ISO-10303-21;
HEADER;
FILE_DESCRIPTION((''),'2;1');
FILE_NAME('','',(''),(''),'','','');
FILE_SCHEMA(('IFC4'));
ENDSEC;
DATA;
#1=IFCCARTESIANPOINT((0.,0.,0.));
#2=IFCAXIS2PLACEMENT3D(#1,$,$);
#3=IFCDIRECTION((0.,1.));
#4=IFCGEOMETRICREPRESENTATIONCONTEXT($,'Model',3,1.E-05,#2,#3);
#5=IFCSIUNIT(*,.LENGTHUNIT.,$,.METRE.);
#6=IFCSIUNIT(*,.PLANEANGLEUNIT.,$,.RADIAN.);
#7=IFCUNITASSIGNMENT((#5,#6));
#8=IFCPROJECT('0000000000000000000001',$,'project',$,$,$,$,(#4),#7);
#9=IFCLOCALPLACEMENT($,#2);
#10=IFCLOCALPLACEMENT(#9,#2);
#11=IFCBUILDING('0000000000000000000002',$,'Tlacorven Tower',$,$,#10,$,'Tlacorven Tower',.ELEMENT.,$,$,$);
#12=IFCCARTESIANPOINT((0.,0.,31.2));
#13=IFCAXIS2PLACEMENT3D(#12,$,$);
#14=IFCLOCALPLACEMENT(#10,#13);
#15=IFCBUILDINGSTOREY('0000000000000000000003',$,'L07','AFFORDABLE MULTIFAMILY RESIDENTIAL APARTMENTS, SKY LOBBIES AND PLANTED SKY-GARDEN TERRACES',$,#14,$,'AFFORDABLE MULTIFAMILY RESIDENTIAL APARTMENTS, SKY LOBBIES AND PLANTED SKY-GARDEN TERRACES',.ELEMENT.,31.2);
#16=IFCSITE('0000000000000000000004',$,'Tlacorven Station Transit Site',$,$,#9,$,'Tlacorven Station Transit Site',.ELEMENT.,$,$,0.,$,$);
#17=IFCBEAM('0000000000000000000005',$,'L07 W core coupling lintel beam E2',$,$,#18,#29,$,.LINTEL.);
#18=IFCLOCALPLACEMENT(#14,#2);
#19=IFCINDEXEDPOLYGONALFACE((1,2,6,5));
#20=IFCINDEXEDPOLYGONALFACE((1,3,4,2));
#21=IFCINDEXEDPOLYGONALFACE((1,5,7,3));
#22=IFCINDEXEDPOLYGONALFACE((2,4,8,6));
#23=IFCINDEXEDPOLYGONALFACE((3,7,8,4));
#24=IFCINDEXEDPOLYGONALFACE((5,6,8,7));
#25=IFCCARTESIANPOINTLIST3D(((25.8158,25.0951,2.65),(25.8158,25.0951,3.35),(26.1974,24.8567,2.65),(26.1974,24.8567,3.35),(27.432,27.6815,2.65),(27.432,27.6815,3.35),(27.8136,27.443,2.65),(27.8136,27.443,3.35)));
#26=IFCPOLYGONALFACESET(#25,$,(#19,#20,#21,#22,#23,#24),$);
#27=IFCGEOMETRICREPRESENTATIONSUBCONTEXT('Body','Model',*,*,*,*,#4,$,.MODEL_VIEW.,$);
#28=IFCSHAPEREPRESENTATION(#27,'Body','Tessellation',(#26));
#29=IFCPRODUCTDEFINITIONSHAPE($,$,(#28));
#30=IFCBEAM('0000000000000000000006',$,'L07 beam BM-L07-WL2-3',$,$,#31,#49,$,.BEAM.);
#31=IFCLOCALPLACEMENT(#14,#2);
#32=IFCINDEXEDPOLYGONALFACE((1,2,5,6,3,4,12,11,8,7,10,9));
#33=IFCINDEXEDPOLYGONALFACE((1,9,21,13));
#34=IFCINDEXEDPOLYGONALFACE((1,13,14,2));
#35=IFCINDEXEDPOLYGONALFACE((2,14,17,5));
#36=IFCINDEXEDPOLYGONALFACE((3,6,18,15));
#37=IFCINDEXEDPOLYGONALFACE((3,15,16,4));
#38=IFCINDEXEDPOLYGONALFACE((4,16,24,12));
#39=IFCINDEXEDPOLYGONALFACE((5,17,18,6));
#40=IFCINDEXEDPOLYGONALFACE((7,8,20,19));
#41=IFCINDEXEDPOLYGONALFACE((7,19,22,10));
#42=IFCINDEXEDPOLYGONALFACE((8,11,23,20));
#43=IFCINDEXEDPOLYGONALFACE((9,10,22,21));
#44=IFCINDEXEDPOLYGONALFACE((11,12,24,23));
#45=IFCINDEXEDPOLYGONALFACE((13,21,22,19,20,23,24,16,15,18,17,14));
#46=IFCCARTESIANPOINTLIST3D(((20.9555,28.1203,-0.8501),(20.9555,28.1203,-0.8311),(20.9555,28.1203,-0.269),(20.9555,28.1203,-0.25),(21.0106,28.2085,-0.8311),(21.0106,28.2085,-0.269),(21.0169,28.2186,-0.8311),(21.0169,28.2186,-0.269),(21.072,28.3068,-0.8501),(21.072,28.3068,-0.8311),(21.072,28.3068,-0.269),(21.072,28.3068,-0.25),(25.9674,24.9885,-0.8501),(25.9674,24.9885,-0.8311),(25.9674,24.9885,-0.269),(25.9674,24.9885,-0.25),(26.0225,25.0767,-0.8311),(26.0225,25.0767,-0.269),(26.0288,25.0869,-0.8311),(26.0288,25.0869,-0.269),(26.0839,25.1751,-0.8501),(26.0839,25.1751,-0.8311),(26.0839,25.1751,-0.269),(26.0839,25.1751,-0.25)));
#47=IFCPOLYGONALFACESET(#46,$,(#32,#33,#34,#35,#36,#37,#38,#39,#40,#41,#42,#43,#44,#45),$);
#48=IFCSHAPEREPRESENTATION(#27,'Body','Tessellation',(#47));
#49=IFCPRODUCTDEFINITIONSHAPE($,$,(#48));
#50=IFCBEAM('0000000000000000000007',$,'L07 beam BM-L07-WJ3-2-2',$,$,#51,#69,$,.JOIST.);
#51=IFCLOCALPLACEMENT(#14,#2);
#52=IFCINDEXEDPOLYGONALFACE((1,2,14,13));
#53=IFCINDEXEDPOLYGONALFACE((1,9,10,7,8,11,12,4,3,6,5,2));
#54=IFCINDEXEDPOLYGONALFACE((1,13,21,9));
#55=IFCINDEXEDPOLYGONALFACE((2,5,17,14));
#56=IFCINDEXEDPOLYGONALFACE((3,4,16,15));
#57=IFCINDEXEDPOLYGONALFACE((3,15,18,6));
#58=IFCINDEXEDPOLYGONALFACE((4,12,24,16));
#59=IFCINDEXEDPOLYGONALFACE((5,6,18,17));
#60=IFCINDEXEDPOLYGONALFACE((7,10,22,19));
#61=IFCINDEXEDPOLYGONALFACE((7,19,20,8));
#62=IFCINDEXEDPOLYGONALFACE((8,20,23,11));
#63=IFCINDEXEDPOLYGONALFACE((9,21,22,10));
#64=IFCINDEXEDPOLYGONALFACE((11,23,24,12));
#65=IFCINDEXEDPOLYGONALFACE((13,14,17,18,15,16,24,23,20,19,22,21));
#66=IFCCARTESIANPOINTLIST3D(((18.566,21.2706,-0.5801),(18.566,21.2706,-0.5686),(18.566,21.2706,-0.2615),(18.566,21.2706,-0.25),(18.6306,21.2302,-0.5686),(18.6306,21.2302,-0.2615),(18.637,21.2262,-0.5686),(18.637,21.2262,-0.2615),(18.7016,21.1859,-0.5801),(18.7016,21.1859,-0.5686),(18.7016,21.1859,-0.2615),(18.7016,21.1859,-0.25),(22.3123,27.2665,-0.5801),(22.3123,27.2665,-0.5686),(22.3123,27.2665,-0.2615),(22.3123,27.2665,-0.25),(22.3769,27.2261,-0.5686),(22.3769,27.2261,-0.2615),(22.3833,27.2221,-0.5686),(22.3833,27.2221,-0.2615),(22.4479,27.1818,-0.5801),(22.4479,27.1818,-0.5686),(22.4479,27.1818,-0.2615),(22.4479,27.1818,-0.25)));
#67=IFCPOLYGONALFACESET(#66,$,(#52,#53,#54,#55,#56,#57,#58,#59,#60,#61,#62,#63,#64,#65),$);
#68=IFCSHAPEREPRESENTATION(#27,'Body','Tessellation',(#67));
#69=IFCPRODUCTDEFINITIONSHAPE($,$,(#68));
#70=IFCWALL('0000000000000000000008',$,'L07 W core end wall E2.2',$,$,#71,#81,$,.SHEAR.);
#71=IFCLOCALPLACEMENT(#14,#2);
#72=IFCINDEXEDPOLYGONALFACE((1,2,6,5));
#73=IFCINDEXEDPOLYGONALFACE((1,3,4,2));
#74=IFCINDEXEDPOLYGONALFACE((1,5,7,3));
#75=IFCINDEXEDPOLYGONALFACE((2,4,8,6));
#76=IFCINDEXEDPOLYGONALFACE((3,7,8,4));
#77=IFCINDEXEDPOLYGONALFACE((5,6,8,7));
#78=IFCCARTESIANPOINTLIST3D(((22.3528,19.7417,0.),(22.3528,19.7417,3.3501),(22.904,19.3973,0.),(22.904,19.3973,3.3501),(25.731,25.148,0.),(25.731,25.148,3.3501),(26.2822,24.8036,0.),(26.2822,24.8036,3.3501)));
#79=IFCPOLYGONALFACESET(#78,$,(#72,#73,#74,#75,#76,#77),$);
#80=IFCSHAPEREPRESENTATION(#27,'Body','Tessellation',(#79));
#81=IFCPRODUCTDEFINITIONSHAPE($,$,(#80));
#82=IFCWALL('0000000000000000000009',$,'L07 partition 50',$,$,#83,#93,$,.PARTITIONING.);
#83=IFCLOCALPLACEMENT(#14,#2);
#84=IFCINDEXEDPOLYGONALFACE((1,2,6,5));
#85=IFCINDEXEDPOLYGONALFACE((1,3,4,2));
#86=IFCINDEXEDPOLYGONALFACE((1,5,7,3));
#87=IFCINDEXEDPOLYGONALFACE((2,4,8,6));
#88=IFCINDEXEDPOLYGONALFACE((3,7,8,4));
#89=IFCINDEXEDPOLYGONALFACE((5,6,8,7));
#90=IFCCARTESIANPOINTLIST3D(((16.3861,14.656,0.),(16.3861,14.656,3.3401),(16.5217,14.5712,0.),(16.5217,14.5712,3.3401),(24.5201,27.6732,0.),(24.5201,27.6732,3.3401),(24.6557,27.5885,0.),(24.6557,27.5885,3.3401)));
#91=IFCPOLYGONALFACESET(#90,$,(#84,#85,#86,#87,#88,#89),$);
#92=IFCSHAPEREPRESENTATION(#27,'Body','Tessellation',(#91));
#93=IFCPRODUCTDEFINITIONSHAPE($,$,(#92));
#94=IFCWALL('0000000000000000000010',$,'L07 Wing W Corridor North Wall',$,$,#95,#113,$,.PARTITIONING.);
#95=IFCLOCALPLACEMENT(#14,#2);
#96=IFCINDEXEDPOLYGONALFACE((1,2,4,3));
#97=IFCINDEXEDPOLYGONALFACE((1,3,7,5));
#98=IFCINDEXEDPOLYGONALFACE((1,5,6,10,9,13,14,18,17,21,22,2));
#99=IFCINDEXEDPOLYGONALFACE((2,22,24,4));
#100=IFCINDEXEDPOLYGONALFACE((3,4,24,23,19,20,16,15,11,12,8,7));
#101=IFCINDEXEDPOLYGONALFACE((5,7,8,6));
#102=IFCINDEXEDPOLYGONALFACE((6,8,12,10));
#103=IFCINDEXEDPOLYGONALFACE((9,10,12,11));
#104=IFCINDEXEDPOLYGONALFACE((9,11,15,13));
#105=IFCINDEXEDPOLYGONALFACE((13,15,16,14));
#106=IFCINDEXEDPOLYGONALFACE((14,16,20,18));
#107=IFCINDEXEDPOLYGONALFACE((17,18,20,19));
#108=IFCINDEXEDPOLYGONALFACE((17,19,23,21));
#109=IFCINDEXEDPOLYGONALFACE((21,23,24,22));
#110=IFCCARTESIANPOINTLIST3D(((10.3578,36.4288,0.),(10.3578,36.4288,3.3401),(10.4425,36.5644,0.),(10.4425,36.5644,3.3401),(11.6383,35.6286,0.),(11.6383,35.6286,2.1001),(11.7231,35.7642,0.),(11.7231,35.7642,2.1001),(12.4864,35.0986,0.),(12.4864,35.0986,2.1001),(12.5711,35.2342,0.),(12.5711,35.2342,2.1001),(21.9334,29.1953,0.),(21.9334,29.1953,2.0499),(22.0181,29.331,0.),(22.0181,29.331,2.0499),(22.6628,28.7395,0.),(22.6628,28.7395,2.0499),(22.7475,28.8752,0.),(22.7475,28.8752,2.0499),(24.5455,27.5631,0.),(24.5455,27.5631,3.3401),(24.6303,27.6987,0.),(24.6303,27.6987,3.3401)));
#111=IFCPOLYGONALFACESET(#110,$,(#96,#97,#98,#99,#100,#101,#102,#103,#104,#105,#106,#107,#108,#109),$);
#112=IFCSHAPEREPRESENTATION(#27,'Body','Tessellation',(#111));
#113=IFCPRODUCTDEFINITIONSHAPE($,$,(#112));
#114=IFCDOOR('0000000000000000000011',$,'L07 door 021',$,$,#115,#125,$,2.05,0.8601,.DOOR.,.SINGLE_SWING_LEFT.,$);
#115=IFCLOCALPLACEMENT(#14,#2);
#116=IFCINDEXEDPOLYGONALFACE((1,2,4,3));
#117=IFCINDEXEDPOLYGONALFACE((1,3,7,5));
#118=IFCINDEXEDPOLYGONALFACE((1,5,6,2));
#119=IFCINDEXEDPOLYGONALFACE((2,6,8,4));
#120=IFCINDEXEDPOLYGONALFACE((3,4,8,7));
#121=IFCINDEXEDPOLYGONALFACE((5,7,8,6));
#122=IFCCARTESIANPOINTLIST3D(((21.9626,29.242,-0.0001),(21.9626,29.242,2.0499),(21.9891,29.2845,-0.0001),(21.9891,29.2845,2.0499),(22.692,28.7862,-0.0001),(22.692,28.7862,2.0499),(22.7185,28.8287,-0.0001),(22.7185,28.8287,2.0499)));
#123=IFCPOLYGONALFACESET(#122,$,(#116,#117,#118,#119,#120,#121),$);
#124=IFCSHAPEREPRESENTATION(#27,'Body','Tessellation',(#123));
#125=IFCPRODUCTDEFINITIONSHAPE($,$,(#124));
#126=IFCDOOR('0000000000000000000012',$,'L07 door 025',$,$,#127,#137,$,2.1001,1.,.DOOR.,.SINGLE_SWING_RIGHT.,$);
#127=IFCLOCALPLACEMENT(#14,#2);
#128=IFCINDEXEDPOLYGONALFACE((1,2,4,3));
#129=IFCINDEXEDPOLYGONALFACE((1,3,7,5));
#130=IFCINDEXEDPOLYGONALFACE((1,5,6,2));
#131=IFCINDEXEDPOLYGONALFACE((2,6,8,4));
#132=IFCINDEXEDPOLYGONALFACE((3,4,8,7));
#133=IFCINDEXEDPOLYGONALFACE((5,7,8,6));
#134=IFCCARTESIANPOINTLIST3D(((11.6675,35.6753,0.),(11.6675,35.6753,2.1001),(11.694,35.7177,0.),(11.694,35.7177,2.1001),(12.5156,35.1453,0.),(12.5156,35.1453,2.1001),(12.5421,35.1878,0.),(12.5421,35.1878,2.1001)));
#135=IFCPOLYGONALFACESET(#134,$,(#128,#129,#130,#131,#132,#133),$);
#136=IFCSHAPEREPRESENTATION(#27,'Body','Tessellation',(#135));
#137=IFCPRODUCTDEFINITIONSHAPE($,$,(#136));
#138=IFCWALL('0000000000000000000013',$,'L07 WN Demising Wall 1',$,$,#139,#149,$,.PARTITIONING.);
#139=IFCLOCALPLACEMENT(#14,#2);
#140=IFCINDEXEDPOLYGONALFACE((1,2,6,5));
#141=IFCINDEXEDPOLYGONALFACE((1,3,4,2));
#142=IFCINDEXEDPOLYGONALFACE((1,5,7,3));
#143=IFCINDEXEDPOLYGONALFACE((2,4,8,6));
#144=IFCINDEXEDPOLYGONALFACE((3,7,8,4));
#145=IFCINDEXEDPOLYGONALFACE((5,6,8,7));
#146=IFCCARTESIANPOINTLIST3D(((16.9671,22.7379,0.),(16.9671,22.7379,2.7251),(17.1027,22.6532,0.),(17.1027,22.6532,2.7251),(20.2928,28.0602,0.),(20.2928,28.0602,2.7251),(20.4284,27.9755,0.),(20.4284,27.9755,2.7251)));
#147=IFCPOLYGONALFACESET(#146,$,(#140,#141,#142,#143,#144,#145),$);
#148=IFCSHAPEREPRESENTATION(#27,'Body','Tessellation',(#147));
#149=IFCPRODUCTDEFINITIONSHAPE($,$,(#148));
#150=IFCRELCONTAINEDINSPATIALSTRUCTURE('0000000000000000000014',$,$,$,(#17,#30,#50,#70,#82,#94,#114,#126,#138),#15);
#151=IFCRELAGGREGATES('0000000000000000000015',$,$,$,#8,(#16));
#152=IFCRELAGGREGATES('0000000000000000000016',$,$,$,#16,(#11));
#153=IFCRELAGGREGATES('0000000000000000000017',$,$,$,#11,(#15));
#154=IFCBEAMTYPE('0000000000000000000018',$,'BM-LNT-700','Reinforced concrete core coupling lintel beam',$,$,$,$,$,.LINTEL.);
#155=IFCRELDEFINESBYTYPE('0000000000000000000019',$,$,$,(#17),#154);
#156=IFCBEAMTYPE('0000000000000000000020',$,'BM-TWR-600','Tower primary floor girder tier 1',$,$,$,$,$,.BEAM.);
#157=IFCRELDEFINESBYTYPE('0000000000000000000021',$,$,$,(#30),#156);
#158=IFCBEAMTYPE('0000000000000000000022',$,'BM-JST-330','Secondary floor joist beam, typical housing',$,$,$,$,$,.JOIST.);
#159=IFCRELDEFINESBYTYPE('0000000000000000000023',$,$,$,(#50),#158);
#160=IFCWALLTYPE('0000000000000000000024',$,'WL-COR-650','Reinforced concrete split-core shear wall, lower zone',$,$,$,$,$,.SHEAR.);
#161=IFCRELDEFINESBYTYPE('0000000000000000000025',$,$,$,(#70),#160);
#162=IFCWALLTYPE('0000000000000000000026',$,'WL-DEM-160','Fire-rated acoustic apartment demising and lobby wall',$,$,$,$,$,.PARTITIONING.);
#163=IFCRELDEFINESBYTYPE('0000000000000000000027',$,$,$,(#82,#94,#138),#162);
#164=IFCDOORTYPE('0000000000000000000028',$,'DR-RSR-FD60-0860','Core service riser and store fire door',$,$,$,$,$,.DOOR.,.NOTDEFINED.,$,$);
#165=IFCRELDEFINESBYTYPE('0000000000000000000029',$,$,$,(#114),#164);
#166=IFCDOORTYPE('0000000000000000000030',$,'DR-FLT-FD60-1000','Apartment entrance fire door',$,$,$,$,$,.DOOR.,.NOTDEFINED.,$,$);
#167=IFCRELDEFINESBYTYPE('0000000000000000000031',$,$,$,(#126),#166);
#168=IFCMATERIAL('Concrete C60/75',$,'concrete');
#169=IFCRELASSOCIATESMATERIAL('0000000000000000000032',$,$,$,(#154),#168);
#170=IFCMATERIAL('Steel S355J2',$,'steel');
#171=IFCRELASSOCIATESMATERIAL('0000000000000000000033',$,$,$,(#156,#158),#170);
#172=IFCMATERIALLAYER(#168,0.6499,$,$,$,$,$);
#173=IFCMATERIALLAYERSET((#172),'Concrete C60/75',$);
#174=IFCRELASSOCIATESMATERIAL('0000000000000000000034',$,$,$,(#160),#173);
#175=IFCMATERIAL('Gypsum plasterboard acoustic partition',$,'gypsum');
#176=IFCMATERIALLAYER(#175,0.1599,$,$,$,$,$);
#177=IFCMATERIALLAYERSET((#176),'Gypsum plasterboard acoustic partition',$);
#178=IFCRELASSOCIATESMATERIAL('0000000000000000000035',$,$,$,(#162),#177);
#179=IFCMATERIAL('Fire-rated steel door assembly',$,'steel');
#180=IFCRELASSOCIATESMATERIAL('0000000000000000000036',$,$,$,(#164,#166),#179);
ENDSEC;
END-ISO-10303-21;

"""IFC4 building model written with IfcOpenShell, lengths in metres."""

from ifc_helpers import new_model, si_unit, direction, frame, frame_2d, origin, origin_2d, place, context, subcontext, project, spatial, rectangle, i_section, extrude, source, transform, mapped, material, layer, layer_set, material_profile, profile_set, type_object, element, fill, save


model = new_model("IFC4")

# Units and contexts
model_context = context("Model", 3, precision=1e-05, world=origin(), true_north=direction((0.0, 1.0)))
body_context = subcontext(model_context, "Body", "Model", "MODEL_VIEW")
ifc_project = project(units=[si_unit("LENGTHUNIT", "METRE"), si_unit("PLANEANGLEUNIT", "RADIAN")], contexts=[model_context])

# Site, building, storey
site_placement = place(None, origin())
site = spatial("IfcSite", under=ifc_project, at=site_placement, Name="Tlacorven Station Transit Site", LongName="Tlacorven Station Transit Site", CompositionType="ELEMENT", RefElevation=0.0)
building_placement = place(site_placement, origin())
building = spatial("IfcBuilding", under=site, at=building_placement, Name="Tlacorven Tower", LongName="Tlacorven Tower", CompositionType="ELEMENT")
storey_placement = place(building_placement, frame((0.0, 0.0, 31.2)))
storey = spatial("IfcBuildingStorey", under=building, at=storey_placement, Name="L07", Description="AFFORDABLE MULTIFAMILY RESIDENTIAL APARTMENTS, SKY LOBBIES AND PLANTED SKY-GARDEN TERRACES", LongName="AFFORDABLE MULTIFAMILY RESIDENTIAL APARTMENTS, SKY LOBBIES AND PLANTED SKY-GARDEN TERRACES", CompositionType="ELEMENT", Elevation=31.2)

# Beams
ifc_material_1 = material(Name="Concrete C60/75", Category="concrete")
ifc_material_profile_1 = material_profile(ifc_material_1, rectangle(XDim=0.45, YDim=0.7, at=origin_2d()), Name="RC 450X700")
ifc_profile_set_1 = profile_set([ifc_material_profile_1], Name="Concrete C60/75")
beam_type_1 = type_object("IfcBeamType", Name="BM-LNT-700", Description="Reinforced concrete core coupling lintel beam", PredefinedType="LINTEL", material=ifc_profile_set_1)
shared_shape_1 = source(origin(), body_context, "Body", "SweptSolid", [
    extrude(rectangle(XDim=0.45, YDim=0.7, at=origin_2d()), origin(), (0.0, 0.0, 1.0), 3.0498),
])
beam_1_placement = place(storey_placement, frame((27.6228, 27.5623, 3.0), z_axis=(-0.529927, -0.848043, 0.0), x_axis=(0.848043, -0.529927, 0.0)))
element("IfcBeam", 1, at=beam_1_placement, inside=storey, type_object=beam_type_1, Name="L07 W core coupling lintel beam E2", PredefinedType="LINTEL", context=body_context, shape_type="MappedRepresentation", body=[
    mapped(shared_shape_1, transform((0.0, 0.0, 0.0), scale=1.0)),
])
ifc_material_2 = material(Name="Steel S355J2", Category="steel")
ifc_material_profile_2 = material_profile(ifc_material_2, i_section(OverallWidth=0.22, OverallDepth=0.6001, WebThickness=0.012, FlangeThickness=0.019, at=origin_2d()), Name="IPE 600")
ifc_profile_set_2 = profile_set([ifc_material_profile_2], Name="Steel S355J2")
beam_type_2 = type_object("IfcBeamType", Name="BM-TWR-600", Description="Tower primary floor girder tier 1", PredefinedType="BEAM", material=ifc_profile_set_2)
shared_shape_2 = source(origin(), body_context, "Body", "SweptSolid", [
    extrude(i_section(OverallWidth=0.22, OverallDepth=0.6001, WebThickness=0.012, FlangeThickness=0.019, at=origin_2d()), origin(), (0.0, 0.0, 1.0), 5.9099),
])
beam_2_placement = place(storey_placement, frame((26.0256, 25.0818, -0.55), z_axis=(-0.848047, 0.529921, 0.0), x_axis=(-0.529921, -0.848047, 0.0)))
element("IfcBeam", 2, at=beam_2_placement, inside=storey, type_object=beam_type_2, Name="L07 beam BM-L07-WL2-3", PredefinedType="BEAM", context=body_context, shape_type="MappedRepresentation", body=[
    mapped(shared_shape_2, transform((0.0, 0.0, 0.0), scale=1.0)),
])
ifc_material_profile_3 = material_profile(ifc_material_2, i_section(OverallWidth=0.1599, OverallDepth=0.3301, WebThickness=0.0076, FlangeThickness=0.0115, at=origin_2d()), Name="IPE 330")
ifc_profile_set_3 = profile_set([ifc_material_profile_3], Name="Steel S355J2")
beam_type_3 = type_object("IfcBeamType", Name="BM-JST-330", Description="Secondary floor joist beam, typical housing", PredefinedType="JOIST", material=ifc_profile_set_3)
shared_shape_3 = source(origin(), body_context, "Body", "SweptSolid", [
    extrude(i_section(OverallWidth=0.1599, OverallDepth=0.3301, WebThickness=0.0076, FlangeThickness=0.0115, at=origin_2d()), origin(), (0.0, 0.0, 1.0), 7.0701),
])
beam_3_placement = place(storey_placement, frame((22.3801, 27.2241, -0.415), z_axis=(-0.52989, -0.848066, 0.0), x_axis=(0.848066, -0.52989, 0.0)))
element("IfcBeam", 3, at=beam_3_placement, inside=storey, type_object=beam_type_3, Name="L07 beam BM-L07-WJ3-2-2", PredefinedType="JOIST", context=body_context, shape_type="MappedRepresentation", body=[
    mapped(shared_shape_3, transform((0.0, 0.0, 0.0), scale=1.0)),
])

# Walls
ifc_layer_1 = layer(ifc_material_1, 0.6499)
ifc_layer_set_1 = layer_set([ifc_layer_1], Name="Concrete C60/75")
wall_type_1 = type_object("IfcWallType", Name="WL-COR-650", Description="Reinforced concrete split-core shear wall, lower zone", PredefinedType="SHEAR", material=ifc_layer_set_1)
wall_1_placement = place(storey_placement, frame((26.0066, 24.9758, 0.0), z_axis=(0.0, 0.0, 1.0), x_axis=(-0.529916, -0.84805, 0.0)))
element("IfcWall", 4, at=wall_1_placement, inside=storey, type_object=wall_type_1, Name="L07 W core end wall E2.2", PredefinedType="SHEAR", context=body_context, shape_type="SweptSolid", body=[
    extrude(rectangle(XDim=6.375, YDim=0.6499, at=frame_2d((3.1875, 0.0))), origin(), (0.0, 0.0, 1.0), 3.3501),
])
ifc_material_3 = material(Name="Gypsum plasterboard acoustic partition", Category="gypsum")
ifc_layer_2 = layer(ifc_material_3, 0.1599)
ifc_layer_set_2 = layer_set([ifc_layer_2], Name="Gypsum plasterboard acoustic partition")
wall_type_2 = type_object("IfcWallType", Name="WL-DEM-160", Description="Fire-rated acoustic apartment demising and lobby wall", PredefinedType="PARTITIONING", material=ifc_layer_set_2)
wall_2_placement = place(storey_placement, frame((24.5879, 27.6309, 0.0), z_axis=(0.0, 0.0, 1.0), x_axis=(-0.529915, -0.848051, 0.0)))
element("IfcWall", 5, at=wall_2_placement, inside=storey, type_object=wall_type_2, Name="L07 partition 50", PredefinedType="PARTITIONING", context=body_context, shape_type="SweptSolid", body=[
    extrude(rectangle(XDim=15.3496, YDim=0.1599, at=frame_2d((7.6748, 0.0))), origin(), (0.0, 0.0, 1.0), 3.3401),
])

# Wall, openings, doors
wall_3_placement = place(storey_placement, frame((24.5879, 27.6309, 0.0), z_axis=(0.0, 0.0, 1.0), x_axis=(-0.848042, 0.529929, 0.0)))
wall_3 = element("IfcWall", 6, at=wall_3_placement, inside=storey, type_object=wall_type_2, Name="L07 Wing W Corridor North Wall", PredefinedType="PARTITIONING", context=body_context, shape_type="SweptSolid", body=[
    extrude(rectangle(XDim=16.73, YDim=0.1599, at=frame_2d((8.365, 0.0))), origin(), (0.0, 0.0, 1.0), 3.3401),
])
opening_1_placement = place(wall_3_placement, frame((2.22, 0.0, 0.0)))
opening_1 = element("IfcOpeningElement", 7, at=opening_1_placement, cuts=wall_3, PredefinedType="OPENING", context=body_context, shape_type="SweptSolid", body=[
    extrude(rectangle(XDim=0.8601, YDim=2.05, at=frame_2d((0.4302, 1.0249))), frame((0.0, 0.0898, 0.0), z_axis=(0.0, -1.0, 0.0), x_axis=(1.0, 0.0, 0.0)), (0.0, 0.0, 1.0), 0.1799),
])
opening_2_placement = place(wall_3_placement, frame((14.22, 0.0, 0.0)))
opening_2 = element("IfcOpeningElement", 8, at=opening_2_placement, cuts=wall_3, PredefinedType="OPENING", context=body_context, shape_type="SweptSolid", body=[
    extrude(rectangle(XDim=1.0, YDim=2.1001, at=frame_2d((0.5, 1.05))), frame((0.0, 0.0898, 0.0), z_axis=(0.0, -1.0, 0.0), x_axis=(1.0, 0.0, 0.0)), (0.0, 0.0, 1.0), 0.1799),
])
ifc_material_4 = material(Name="Fire-rated steel door assembly", Category="steel")
door_type_1 = type_object("IfcDoorType", Name="DR-RSR-FD60-0860", Description="Core service riser and store fire door", OperationType="NOTDEFINED", PredefinedType="DOOR", material=ifc_material_4)
shared_shape_4 = source(origin(), body_context, "Body", "SweptSolid", [
    extrude(rectangle(XDim=0.8601, YDim=2.05, at=frame_2d((0.4302, 1.0249))), frame((0.0, 0.0249, 0.0), z_axis=(0.0, -1.0, 0.0), x_axis=(1.0, 0.0, 0.0)), (0.0, 0.0, 1.0), 0.05),
])
door_1_placement = place(opening_1_placement, origin())
door_1 = element("IfcDoor", 9, at=door_1_placement, inside=storey, type_object=door_type_1, Name="L07 door 021", OperationType="SINGLE_SWING_LEFT", OverallHeight=2.05, OverallWidth=0.8601, PredefinedType="DOOR", context=body_context, shape_type="MappedRepresentation", body=[
    mapped(shared_shape_4, transform((0.0, 0.0, 0.0), scale=1.0)),
])
fill(opening_1, door_1)
door_type_2 = type_object("IfcDoorType", Name="DR-FLT-FD60-1000", Description="Apartment entrance fire door", OperationType="NOTDEFINED", PredefinedType="DOOR", material=ifc_material_4)
shared_shape_5 = source(origin(), body_context, "Body", "SweptSolid", [
    extrude(rectangle(XDim=1.0, YDim=2.1001, at=frame_2d((0.5, 1.05))), frame((0.0, 0.0249, 0.0), z_axis=(0.0, -1.0, 0.0), x_axis=(1.0, 0.0, 0.0)), (0.0, 0.0, 1.0), 0.05),
])
door_2_placement = place(opening_2_placement, origin())
door_2 = element("IfcDoor", 10, at=door_2_placement, inside=storey, type_object=door_type_2, Name="L07 door 025", OperationType="SINGLE_SWING_RIGHT", OverallHeight=2.1001, OverallWidth=1.0, PredefinedType="DOOR", context=body_context, shape_type="MappedRepresentation", body=[
    mapped(shared_shape_5, transform((0.0, 0.0, 0.0), scale=1.0)),
])
fill(opening_2, door_2)

# Wall
wall_4_placement = place(storey_placement, frame((20.3606, 28.0178, 0.0), z_axis=(0.0, 0.0, 1.0), x_axis=(-0.529915, -0.848051, 0.0)))
element("IfcWall", 11, at=wall_4_placement, inside=storey, type_object=wall_type_2, Name="L07 WN Demising Wall 1", PredefinedType="PARTITIONING", context=body_context, shape_type="SweptSolid", body=[
    extrude(rectangle(XDim=6.2759, YDim=0.1599, at=frame_2d((3.1379, 0.0))), origin(), (0.0, 0.0, 1.0), 2.7251),
])

save(model, "model.ifc")
